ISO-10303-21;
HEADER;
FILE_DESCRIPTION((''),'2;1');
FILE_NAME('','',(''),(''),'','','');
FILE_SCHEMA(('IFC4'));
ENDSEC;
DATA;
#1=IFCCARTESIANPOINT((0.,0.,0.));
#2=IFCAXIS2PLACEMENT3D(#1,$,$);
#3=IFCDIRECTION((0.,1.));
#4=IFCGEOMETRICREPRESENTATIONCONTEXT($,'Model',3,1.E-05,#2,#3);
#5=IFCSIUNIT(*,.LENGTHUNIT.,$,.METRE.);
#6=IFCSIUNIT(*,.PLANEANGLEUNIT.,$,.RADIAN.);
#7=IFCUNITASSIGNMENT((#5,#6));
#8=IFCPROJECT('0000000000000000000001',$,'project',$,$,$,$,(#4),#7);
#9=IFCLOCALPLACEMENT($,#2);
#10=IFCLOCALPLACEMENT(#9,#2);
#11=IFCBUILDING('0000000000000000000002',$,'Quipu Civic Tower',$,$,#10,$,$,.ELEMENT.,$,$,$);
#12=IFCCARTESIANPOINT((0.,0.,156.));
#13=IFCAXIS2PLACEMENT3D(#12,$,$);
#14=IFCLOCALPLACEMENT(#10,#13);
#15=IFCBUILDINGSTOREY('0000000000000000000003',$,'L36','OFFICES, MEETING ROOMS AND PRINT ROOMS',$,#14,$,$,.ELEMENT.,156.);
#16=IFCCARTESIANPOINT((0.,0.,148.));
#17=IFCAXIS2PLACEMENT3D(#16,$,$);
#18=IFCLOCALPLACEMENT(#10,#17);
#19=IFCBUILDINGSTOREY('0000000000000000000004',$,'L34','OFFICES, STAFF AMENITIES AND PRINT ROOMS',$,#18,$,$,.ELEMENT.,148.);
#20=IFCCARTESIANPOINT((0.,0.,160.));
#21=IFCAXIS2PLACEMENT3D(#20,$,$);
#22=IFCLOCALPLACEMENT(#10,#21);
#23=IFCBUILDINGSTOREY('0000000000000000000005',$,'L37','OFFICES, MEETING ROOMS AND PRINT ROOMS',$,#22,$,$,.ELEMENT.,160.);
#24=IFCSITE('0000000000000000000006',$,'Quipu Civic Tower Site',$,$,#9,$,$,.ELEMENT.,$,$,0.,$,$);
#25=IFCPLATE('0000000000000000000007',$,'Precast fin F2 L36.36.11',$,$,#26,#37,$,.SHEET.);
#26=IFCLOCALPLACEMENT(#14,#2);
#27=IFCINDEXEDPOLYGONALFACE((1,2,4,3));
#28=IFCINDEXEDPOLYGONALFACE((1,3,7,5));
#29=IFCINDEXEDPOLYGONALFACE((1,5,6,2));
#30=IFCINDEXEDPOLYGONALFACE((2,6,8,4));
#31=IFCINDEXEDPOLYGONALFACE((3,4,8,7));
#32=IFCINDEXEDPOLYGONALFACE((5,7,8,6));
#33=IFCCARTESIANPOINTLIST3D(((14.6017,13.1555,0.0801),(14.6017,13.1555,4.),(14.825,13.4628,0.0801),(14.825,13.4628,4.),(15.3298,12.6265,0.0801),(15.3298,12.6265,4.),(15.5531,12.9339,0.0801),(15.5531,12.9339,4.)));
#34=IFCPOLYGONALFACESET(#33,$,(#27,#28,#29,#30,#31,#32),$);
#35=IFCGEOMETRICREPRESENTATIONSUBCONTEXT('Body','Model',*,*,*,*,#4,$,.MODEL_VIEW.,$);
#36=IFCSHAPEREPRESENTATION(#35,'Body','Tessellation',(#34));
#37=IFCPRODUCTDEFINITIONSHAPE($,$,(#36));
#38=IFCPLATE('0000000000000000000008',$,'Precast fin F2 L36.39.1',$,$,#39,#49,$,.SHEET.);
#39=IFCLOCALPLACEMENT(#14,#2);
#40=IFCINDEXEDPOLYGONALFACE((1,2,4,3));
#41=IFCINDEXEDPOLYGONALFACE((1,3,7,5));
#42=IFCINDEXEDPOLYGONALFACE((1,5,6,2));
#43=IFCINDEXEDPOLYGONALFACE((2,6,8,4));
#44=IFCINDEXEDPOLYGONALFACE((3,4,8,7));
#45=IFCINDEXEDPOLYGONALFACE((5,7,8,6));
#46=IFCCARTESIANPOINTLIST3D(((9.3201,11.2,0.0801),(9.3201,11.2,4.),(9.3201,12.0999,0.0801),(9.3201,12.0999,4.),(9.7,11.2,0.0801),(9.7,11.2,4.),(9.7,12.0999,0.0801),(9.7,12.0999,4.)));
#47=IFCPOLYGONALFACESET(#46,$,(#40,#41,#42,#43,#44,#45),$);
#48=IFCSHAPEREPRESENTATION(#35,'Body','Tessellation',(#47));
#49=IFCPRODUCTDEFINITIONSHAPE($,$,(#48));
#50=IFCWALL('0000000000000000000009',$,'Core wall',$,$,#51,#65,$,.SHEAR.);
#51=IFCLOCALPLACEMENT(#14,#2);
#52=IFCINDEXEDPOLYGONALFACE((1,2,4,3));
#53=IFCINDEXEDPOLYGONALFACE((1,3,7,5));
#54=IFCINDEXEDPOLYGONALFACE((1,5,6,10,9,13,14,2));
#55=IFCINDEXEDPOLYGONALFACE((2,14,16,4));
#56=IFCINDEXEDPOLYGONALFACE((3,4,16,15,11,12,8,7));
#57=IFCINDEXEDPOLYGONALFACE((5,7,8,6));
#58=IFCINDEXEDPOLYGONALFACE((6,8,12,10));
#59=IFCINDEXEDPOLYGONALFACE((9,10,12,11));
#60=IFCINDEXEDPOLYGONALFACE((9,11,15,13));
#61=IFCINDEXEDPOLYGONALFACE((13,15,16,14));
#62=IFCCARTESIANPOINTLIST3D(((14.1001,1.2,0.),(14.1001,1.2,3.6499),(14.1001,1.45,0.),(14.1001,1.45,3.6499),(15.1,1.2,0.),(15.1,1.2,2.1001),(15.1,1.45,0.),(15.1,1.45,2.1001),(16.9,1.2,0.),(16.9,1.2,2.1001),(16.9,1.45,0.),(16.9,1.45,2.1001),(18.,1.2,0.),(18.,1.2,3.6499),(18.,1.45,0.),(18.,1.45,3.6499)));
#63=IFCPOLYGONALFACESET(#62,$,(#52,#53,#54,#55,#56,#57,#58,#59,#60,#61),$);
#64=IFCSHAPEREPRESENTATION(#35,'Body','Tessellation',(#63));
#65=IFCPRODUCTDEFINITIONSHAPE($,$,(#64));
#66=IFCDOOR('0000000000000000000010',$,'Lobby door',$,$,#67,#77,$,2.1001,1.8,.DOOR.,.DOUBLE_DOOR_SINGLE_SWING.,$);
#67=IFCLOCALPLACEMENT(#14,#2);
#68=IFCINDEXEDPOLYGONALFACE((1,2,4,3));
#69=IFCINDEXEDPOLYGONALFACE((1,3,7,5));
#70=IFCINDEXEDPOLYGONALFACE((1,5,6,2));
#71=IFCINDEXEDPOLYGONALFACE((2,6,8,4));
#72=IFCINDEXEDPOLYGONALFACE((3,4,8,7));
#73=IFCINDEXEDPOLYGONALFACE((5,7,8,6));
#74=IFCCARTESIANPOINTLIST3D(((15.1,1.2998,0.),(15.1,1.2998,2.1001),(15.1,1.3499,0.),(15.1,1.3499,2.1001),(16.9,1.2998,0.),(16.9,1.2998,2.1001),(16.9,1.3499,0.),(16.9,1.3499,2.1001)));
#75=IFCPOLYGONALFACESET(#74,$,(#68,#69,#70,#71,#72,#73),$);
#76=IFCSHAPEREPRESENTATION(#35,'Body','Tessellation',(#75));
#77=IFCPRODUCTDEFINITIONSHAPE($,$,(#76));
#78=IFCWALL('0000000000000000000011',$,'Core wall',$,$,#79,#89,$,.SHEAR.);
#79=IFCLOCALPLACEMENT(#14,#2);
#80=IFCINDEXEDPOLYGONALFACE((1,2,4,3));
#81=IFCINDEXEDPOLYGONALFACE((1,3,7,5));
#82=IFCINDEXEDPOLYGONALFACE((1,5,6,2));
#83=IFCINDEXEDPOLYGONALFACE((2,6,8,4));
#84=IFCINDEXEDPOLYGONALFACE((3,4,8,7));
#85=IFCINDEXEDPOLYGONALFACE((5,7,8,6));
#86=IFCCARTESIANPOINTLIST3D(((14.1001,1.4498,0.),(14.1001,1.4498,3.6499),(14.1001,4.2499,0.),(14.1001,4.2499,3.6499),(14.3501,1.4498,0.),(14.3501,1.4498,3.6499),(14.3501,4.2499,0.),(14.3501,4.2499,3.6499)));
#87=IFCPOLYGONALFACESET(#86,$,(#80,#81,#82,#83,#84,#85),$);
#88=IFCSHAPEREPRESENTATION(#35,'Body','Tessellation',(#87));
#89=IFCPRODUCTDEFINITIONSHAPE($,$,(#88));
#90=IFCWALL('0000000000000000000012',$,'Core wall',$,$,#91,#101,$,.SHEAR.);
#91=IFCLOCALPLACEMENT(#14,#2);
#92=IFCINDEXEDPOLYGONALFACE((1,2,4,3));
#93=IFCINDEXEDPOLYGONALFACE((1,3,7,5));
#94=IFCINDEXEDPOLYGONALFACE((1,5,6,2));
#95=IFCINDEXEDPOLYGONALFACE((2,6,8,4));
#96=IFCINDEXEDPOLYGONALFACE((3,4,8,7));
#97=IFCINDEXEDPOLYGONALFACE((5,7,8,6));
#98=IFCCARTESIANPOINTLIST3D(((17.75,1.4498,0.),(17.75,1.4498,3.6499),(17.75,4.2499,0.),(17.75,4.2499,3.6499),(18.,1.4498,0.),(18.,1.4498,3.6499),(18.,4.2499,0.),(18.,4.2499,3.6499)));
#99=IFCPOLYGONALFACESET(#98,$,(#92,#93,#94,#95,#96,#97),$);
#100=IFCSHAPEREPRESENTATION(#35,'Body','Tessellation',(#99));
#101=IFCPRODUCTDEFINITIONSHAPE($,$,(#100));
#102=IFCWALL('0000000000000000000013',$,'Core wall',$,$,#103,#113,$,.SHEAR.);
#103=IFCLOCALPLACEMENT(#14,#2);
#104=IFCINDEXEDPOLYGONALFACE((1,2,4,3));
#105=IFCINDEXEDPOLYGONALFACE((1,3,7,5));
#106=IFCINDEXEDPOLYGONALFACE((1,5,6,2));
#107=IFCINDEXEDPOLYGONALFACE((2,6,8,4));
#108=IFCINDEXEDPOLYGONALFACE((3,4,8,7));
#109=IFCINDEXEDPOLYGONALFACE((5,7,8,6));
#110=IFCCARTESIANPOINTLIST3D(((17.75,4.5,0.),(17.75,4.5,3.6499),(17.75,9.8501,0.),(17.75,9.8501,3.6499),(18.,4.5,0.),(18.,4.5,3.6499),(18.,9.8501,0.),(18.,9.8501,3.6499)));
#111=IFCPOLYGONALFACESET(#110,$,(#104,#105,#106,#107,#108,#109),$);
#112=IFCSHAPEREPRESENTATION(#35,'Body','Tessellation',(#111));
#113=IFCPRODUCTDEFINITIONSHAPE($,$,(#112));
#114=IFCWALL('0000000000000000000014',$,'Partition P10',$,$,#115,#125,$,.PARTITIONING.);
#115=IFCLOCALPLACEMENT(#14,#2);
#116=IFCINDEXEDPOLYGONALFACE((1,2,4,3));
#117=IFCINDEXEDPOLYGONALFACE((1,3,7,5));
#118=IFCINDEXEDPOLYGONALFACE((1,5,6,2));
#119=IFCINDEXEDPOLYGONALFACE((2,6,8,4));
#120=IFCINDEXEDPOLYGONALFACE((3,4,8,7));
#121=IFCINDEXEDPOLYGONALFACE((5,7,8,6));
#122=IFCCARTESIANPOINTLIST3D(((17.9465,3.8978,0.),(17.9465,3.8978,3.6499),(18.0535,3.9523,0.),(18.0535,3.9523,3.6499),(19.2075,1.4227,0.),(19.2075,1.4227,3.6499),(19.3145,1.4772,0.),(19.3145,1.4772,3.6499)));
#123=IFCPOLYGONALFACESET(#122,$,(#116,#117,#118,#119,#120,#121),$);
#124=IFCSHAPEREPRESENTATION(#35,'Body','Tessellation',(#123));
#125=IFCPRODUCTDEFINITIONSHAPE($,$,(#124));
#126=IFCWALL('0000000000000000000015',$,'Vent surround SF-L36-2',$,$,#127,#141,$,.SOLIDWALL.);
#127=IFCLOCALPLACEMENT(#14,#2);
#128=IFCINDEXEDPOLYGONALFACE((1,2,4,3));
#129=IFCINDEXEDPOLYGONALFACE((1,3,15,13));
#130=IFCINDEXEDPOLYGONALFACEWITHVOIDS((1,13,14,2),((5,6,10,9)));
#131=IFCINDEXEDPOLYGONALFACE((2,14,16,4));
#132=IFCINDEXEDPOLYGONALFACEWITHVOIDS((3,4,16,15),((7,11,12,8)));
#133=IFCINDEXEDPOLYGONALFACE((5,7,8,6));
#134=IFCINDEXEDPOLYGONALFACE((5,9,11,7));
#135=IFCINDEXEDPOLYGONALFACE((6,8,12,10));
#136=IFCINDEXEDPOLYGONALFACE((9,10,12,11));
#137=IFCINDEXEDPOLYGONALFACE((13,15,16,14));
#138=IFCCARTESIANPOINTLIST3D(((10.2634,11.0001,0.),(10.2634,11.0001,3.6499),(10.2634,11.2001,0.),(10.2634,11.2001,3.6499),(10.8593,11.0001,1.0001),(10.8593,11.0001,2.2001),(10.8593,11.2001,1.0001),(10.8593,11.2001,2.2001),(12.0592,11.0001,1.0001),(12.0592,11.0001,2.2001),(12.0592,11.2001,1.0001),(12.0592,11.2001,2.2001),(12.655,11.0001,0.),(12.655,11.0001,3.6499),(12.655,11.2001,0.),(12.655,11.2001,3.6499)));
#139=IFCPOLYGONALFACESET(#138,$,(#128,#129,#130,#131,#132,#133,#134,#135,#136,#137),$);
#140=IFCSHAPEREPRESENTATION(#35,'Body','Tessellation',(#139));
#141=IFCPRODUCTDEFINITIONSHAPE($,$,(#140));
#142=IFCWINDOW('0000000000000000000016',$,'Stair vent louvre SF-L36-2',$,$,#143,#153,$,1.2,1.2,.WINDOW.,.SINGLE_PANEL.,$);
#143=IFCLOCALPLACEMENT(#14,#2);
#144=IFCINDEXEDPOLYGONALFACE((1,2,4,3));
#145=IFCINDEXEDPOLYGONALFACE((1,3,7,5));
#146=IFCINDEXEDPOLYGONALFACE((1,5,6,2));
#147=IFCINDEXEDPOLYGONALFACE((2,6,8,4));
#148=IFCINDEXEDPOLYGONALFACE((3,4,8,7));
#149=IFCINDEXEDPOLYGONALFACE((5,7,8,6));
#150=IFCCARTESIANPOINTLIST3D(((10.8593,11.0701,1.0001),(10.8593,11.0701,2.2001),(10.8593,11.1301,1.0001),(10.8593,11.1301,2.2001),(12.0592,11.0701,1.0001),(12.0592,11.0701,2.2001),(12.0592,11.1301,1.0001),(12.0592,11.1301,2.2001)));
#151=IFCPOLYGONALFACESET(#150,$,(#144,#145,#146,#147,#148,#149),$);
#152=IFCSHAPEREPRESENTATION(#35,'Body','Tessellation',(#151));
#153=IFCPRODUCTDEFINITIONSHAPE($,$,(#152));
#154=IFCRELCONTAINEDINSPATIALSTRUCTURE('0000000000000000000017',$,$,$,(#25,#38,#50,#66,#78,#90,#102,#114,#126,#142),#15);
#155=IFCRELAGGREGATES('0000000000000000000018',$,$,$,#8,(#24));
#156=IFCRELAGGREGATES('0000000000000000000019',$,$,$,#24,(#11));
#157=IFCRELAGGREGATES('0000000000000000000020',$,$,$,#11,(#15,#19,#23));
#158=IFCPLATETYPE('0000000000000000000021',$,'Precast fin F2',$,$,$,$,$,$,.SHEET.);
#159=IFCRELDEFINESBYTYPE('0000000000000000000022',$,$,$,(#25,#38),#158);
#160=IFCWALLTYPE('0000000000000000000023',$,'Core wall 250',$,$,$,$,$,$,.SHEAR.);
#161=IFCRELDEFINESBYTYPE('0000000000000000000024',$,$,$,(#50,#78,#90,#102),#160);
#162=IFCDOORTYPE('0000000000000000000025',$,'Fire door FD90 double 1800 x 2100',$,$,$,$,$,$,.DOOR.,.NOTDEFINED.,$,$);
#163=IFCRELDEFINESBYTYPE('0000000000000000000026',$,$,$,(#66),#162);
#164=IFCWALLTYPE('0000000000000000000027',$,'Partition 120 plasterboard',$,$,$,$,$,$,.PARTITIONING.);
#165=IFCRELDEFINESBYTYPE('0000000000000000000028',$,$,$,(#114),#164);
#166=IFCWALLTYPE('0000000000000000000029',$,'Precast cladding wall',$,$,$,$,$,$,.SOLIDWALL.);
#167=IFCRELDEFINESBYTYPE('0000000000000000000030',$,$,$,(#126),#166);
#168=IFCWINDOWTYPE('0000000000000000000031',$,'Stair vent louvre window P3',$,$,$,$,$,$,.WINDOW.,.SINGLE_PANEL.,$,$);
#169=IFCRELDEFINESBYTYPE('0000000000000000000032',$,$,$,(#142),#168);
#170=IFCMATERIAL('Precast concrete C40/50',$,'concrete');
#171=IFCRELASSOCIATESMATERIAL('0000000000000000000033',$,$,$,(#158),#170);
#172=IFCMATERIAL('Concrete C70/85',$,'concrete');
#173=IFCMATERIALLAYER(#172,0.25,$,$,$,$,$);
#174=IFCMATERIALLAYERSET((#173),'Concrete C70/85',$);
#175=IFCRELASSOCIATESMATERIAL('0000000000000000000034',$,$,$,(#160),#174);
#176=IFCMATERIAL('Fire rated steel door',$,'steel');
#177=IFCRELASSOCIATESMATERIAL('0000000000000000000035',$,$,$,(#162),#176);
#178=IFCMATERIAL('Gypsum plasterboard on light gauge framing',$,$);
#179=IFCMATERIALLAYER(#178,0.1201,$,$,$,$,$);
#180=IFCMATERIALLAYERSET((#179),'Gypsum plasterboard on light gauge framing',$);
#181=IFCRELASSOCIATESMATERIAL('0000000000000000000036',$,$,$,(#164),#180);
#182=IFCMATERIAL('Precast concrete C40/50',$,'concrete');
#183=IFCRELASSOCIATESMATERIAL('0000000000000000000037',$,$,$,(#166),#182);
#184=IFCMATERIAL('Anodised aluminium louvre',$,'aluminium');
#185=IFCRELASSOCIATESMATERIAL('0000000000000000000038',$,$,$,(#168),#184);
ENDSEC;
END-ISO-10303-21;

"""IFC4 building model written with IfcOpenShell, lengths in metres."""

from ifc_helpers import new_model, si_unit, direction, frame, frame_2d, origin, origin_2d, place, context, subcontext, project, spatial, rectangle, extrude, material, layer, layer_set, type_object, element, fill, save


model = new_model("IFC4")

# Units and contexts
model_context = context("Model", 3, precision=1e-05, world=origin(), true_north=direction((0.0, 1.0)))
body_context = subcontext(model_context, "Body", "Model", "MODEL_VIEW")
ifc_project = project(units=[si_unit("LENGTHUNIT", "METRE"), si_unit("PLANEANGLEUNIT", "RADIAN")], contexts=[model_context])

# Site, building, storey
site_placement = place(None, origin())
site = spatial("IfcSite", under=ifc_project, at=site_placement, Name="Quipu Civic Tower Site", CompositionType="ELEMENT", RefElevation=0.0)
building_placement = place(site_placement, origin())
building = spatial("IfcBuilding", under=site, at=building_placement, Name="Quipu Civic Tower", CompositionType="ELEMENT")
storey_1_placement = place(building_placement, frame((0.0, 0.0, 156.0)))
storey_1 = spatial("IfcBuildingStorey", under=building, at=storey_1_placement, Name="L36", Description="OFFICES, MEETING ROOMS AND PRINT ROOMS", CompositionType="ELEMENT", Elevation=156.0)

# Shared definitions
storey_2_placement = place(building_placement, frame((0.0, 0.0, 148.0)))
storey_2 = spatial("IfcBuildingStorey", under=building, at=storey_2_placement, Name="L34", Description="OFFICES, STAFF AMENITIES AND PRINT ROOMS", CompositionType="ELEMENT", Elevation=148.0)

# Shared definitions
storey_3_placement = place(building_placement, frame((0.0, 0.0, 160.0)))
storey_3 = spatial("IfcBuildingStorey", under=building, at=storey_3_placement, Name="L37", Description="OFFICES, MEETING ROOMS AND PRINT ROOMS", CompositionType="ELEMENT", Elevation=160.0)

# Plates
ifc_material_1 = material(Name="Precast concrete C40/50", Category="concrete")
plate_type_1 = type_object("IfcPlateType", Name="Precast fin F2", PredefinedType="SHEET", material=ifc_material_1)
for number, where, z_axis, x_axis, name in (
    (1, (15.0774, 13.0447, 0.0801), (0.0, 0.0, 1.0), (-0.587787, -0.809016, 0.0), "Precast fin F2 L36.36.11"),
    (2, (9.51, 11.6499, 0.0801), (0.0, 0.0, 1.0), (-1.0, 0.0, 0.0), "Precast fin F2 L36.39.1"),
):
    element("IfcPlate", number, at=place(storey_1_placement, frame(where, z_axis=z_axis, x_axis=x_axis)), inside=storey_1, type_object=plate_type_1, Name=name, PredefinedType="SHEET", context=body_context, shape_type="SweptSolid", body=[
        extrude(rectangle(XDim=0.3799, YDim=0.8999, at=origin_2d()), origin(), (0.0, 0.0, 1.0), 3.9199),
    ])

# Wall, opening, door
ifc_material_2 = material(Name="Concrete C70/85", Category="concrete")
ifc_layer_1 = layer(ifc_material_2, 0.25)
ifc_layer_set_1 = layer_set([ifc_layer_1], Name="Concrete C70/85")
wall_type_1 = type_object("IfcWallType", Name="Core wall 250", PredefinedType="SHEAR", material=ifc_layer_set_1)
wall_1_placement = place(storey_1_placement, frame((14.1001, 1.325, 0.0), z_axis=(0.0, 0.0, 1.0), x_axis=(1.0, 0.0, 0.0)))
wall_1 = element("IfcWall", 3, at=wall_1_placement, inside=storey_1, type_object=wall_type_1, Name="Core wall", PredefinedType="SHEAR", context=body_context, shape_type="SweptSolid", body=[
    extrude(rectangle(XDim=3.8999, YDim=0.25, at=frame_2d((1.95, 0.0))), origin(), (0.0, 0.0, 1.0), 3.6499),
])
opening_1_placement = place(wall_1_placement, frame((1.0, 0.0, 0.0)))
opening_1 = element("IfcOpeningElement", 4, at=opening_1_placement, cuts=wall_1, PredefinedType="OPENING", context=body_context, shape_type="SweptSolid", body=[
    extrude(rectangle(XDim=1.8, YDim=2.1001, at=frame_2d((0.8999, 1.05))), frame((0.0, 0.135, 0.0), z_axis=(0.0, -1.0, 0.0), x_axis=(1.0, 0.0, 0.0)), (0.0, 0.0, 1.0), 0.27),
])
ifc_material_3 = material(Name="Fire rated steel door", Category="steel")
door_type = type_object("IfcDoorType", Name="Fire door FD90 double 1800 x 2100", OperationType="NOTDEFINED", PredefinedType="DOOR", material=ifc_material_3)
door_placement = place(opening_1_placement, origin())
door = element("IfcDoor", 5, at=door_placement, inside=storey_1, type_object=door_type, Name="Lobby door", OperationType="DOUBLE_DOOR_SINGLE_SWING", OverallHeight=2.1001, OverallWidth=1.8, PredefinedType="DOOR", context=body_context, shape_type="SweptSolid", body=[
    extrude(rectangle(XDim=1.8, YDim=2.1001, at=frame_2d((0.8999, 1.05))), frame((0.0, 0.0249, 0.0), z_axis=(0.0, -1.0, 0.0), x_axis=(1.0, 0.0, 0.0)), (0.0, 0.0, 1.0), 0.05),
])
fill(opening_1, door)

# Walls
for number, where, z_axis, x_axis, name in (
    (6, (14.2251, 1.45, 0.0), (0.0, 0.0, 1.0), (0.0, 1.0, 0.0), "Core wall"),
    (7, (17.875, 1.45, 0.0), (0.0, 0.0, 1.0), (0.0, 1.0, 0.0), "Core wall"),
):
    element("IfcWall", number, at=place(storey_1_placement, frame(where, z_axis=z_axis, x_axis=x_axis)), inside=storey_1, type_object=wall_type_1, Name=name, PredefinedType="SHEAR", context=body_context, shape_type="SweptSolid", body=[
        extrude(rectangle(XDim=2.8, YDim=0.25, at=frame_2d((1.3999, 0.0))), origin(), (0.0, 0.0, 1.0), 3.6499),
    ])
wall_2_placement = place(storey_1_placement, frame((17.875, 4.5, 0.0), z_axis=(0.0, 0.0, 1.0), x_axis=(0.0, 1.0, 0.0)))
element("IfcWall", 8, at=wall_2_placement, inside=storey_1, type_object=wall_type_1, Name="Core wall", PredefinedType="SHEAR", context=body_context, shape_type="SweptSolid", body=[
    extrude(rectangle(XDim=5.3501, YDim=0.25, at=frame_2d((2.675, 0.0))), origin(), (0.0, 0.0, 1.0), 3.6499),
])
ifc_material_4 = material(Name="Gypsum plasterboard on light gauge framing")
ifc_layer_2 = layer(ifc_material_4, 0.1201)
ifc_layer_set_2 = layer_set([ifc_layer_2], Name="Gypsum plasterboard on light gauge framing")
wall_type_2 = type_object("IfcWallType", Name="Partition 120 plasterboard", PredefinedType="PARTITIONING", material=ifc_layer_set_2)
wall_3_placement = place(storey_1_placement, frame((18.0, 3.925, 0.0), z_axis=(0.0, 0.0, 1.0), x_axis=(0.453951, -0.891027, 0.0)))
element("IfcWall", 9, at=wall_3_placement, inside=storey_1, type_object=wall_type_2, Name="Partition P10", PredefinedType="PARTITIONING", context=body_context, shape_type="SweptSolid", body=[
    extrude(rectangle(XDim=2.7778, YDim=0.1201, at=frame_2d((1.3889, 0.0))), origin(), (0.0, 0.0, 1.0), 3.6499),
])

# Wall, opening, window
ifc_material_5 = material(Name="Precast concrete C40/50", Category="concrete")
wall_type_3 = type_object("IfcWallType", Name="Precast cladding wall", PredefinedType="SOLIDWALL", material=ifc_material_5)
wall_4_placement = place(storey_1_placement, frame((12.655, 11.1001, 0.0), z_axis=(0.0, 0.0, 1.0), x_axis=(-1.0, 0.0, 0.0)))
wall_4 = element("IfcWall", 10, at=wall_4_placement, inside=storey_1, type_object=wall_type_3, Name="Vent surround SF-L36-2", PredefinedType="SOLIDWALL", context=body_context, shape_type="SweptSolid", body=[
    extrude(rectangle(XDim=2.3916, YDim=0.2, at=frame_2d((1.1958, 0.0))), origin(), (0.0, 0.0, 1.0), 3.6499),
])
opening_2_placement = place(wall_4_placement, frame((0.5957, 0.0, 1.0)))
opening_2 = element("IfcOpeningElement", 11, at=opening_2_placement, cuts=wall_4, PredefinedType="OPENING", context=body_context, shape_type="SweptSolid", body=[
    extrude(rectangle(XDim=1.2, YDim=1.2, at=frame_2d((0.6001, 0.6001))), frame((0.0, 0.1099, 0.0), z_axis=(0.0, -1.0, 0.0), x_axis=(1.0, 0.0, 0.0)), (0.0, 0.0, 1.0), 0.22),
])
ifc_material_6 = material(Name="Anodised aluminium louvre", Category="aluminium")
window_type = type_object("IfcWindowType", Name="Stair vent louvre window P3", PartitioningType="SINGLE_PANEL", PredefinedType="WINDOW", material=ifc_material_6)
window_placement = place(opening_2_placement, origin())
window = element("IfcWindow", 12, at=window_placement, inside=storey_1, type_object=window_type, Name="Stair vent louvre SF-L36-2", OverallHeight=1.2, OverallWidth=1.2, PartitioningType="SINGLE_PANEL", PredefinedType="WINDOW", context=body_context, shape_type="SweptSolid", body=[
    extrude(rectangle(XDim=1.2, YDim=1.2, at=frame_2d((0.6001, 0.6001))), frame((0.0, 0.03, 0.0), z_axis=(0.0, -1.0, 0.0), x_axis=(1.0, 0.0, 0.0)), (0.0, 0.0, 1.0), 0.0601),
])
fill(opening_2, window)

save(model, "model.ifc")
